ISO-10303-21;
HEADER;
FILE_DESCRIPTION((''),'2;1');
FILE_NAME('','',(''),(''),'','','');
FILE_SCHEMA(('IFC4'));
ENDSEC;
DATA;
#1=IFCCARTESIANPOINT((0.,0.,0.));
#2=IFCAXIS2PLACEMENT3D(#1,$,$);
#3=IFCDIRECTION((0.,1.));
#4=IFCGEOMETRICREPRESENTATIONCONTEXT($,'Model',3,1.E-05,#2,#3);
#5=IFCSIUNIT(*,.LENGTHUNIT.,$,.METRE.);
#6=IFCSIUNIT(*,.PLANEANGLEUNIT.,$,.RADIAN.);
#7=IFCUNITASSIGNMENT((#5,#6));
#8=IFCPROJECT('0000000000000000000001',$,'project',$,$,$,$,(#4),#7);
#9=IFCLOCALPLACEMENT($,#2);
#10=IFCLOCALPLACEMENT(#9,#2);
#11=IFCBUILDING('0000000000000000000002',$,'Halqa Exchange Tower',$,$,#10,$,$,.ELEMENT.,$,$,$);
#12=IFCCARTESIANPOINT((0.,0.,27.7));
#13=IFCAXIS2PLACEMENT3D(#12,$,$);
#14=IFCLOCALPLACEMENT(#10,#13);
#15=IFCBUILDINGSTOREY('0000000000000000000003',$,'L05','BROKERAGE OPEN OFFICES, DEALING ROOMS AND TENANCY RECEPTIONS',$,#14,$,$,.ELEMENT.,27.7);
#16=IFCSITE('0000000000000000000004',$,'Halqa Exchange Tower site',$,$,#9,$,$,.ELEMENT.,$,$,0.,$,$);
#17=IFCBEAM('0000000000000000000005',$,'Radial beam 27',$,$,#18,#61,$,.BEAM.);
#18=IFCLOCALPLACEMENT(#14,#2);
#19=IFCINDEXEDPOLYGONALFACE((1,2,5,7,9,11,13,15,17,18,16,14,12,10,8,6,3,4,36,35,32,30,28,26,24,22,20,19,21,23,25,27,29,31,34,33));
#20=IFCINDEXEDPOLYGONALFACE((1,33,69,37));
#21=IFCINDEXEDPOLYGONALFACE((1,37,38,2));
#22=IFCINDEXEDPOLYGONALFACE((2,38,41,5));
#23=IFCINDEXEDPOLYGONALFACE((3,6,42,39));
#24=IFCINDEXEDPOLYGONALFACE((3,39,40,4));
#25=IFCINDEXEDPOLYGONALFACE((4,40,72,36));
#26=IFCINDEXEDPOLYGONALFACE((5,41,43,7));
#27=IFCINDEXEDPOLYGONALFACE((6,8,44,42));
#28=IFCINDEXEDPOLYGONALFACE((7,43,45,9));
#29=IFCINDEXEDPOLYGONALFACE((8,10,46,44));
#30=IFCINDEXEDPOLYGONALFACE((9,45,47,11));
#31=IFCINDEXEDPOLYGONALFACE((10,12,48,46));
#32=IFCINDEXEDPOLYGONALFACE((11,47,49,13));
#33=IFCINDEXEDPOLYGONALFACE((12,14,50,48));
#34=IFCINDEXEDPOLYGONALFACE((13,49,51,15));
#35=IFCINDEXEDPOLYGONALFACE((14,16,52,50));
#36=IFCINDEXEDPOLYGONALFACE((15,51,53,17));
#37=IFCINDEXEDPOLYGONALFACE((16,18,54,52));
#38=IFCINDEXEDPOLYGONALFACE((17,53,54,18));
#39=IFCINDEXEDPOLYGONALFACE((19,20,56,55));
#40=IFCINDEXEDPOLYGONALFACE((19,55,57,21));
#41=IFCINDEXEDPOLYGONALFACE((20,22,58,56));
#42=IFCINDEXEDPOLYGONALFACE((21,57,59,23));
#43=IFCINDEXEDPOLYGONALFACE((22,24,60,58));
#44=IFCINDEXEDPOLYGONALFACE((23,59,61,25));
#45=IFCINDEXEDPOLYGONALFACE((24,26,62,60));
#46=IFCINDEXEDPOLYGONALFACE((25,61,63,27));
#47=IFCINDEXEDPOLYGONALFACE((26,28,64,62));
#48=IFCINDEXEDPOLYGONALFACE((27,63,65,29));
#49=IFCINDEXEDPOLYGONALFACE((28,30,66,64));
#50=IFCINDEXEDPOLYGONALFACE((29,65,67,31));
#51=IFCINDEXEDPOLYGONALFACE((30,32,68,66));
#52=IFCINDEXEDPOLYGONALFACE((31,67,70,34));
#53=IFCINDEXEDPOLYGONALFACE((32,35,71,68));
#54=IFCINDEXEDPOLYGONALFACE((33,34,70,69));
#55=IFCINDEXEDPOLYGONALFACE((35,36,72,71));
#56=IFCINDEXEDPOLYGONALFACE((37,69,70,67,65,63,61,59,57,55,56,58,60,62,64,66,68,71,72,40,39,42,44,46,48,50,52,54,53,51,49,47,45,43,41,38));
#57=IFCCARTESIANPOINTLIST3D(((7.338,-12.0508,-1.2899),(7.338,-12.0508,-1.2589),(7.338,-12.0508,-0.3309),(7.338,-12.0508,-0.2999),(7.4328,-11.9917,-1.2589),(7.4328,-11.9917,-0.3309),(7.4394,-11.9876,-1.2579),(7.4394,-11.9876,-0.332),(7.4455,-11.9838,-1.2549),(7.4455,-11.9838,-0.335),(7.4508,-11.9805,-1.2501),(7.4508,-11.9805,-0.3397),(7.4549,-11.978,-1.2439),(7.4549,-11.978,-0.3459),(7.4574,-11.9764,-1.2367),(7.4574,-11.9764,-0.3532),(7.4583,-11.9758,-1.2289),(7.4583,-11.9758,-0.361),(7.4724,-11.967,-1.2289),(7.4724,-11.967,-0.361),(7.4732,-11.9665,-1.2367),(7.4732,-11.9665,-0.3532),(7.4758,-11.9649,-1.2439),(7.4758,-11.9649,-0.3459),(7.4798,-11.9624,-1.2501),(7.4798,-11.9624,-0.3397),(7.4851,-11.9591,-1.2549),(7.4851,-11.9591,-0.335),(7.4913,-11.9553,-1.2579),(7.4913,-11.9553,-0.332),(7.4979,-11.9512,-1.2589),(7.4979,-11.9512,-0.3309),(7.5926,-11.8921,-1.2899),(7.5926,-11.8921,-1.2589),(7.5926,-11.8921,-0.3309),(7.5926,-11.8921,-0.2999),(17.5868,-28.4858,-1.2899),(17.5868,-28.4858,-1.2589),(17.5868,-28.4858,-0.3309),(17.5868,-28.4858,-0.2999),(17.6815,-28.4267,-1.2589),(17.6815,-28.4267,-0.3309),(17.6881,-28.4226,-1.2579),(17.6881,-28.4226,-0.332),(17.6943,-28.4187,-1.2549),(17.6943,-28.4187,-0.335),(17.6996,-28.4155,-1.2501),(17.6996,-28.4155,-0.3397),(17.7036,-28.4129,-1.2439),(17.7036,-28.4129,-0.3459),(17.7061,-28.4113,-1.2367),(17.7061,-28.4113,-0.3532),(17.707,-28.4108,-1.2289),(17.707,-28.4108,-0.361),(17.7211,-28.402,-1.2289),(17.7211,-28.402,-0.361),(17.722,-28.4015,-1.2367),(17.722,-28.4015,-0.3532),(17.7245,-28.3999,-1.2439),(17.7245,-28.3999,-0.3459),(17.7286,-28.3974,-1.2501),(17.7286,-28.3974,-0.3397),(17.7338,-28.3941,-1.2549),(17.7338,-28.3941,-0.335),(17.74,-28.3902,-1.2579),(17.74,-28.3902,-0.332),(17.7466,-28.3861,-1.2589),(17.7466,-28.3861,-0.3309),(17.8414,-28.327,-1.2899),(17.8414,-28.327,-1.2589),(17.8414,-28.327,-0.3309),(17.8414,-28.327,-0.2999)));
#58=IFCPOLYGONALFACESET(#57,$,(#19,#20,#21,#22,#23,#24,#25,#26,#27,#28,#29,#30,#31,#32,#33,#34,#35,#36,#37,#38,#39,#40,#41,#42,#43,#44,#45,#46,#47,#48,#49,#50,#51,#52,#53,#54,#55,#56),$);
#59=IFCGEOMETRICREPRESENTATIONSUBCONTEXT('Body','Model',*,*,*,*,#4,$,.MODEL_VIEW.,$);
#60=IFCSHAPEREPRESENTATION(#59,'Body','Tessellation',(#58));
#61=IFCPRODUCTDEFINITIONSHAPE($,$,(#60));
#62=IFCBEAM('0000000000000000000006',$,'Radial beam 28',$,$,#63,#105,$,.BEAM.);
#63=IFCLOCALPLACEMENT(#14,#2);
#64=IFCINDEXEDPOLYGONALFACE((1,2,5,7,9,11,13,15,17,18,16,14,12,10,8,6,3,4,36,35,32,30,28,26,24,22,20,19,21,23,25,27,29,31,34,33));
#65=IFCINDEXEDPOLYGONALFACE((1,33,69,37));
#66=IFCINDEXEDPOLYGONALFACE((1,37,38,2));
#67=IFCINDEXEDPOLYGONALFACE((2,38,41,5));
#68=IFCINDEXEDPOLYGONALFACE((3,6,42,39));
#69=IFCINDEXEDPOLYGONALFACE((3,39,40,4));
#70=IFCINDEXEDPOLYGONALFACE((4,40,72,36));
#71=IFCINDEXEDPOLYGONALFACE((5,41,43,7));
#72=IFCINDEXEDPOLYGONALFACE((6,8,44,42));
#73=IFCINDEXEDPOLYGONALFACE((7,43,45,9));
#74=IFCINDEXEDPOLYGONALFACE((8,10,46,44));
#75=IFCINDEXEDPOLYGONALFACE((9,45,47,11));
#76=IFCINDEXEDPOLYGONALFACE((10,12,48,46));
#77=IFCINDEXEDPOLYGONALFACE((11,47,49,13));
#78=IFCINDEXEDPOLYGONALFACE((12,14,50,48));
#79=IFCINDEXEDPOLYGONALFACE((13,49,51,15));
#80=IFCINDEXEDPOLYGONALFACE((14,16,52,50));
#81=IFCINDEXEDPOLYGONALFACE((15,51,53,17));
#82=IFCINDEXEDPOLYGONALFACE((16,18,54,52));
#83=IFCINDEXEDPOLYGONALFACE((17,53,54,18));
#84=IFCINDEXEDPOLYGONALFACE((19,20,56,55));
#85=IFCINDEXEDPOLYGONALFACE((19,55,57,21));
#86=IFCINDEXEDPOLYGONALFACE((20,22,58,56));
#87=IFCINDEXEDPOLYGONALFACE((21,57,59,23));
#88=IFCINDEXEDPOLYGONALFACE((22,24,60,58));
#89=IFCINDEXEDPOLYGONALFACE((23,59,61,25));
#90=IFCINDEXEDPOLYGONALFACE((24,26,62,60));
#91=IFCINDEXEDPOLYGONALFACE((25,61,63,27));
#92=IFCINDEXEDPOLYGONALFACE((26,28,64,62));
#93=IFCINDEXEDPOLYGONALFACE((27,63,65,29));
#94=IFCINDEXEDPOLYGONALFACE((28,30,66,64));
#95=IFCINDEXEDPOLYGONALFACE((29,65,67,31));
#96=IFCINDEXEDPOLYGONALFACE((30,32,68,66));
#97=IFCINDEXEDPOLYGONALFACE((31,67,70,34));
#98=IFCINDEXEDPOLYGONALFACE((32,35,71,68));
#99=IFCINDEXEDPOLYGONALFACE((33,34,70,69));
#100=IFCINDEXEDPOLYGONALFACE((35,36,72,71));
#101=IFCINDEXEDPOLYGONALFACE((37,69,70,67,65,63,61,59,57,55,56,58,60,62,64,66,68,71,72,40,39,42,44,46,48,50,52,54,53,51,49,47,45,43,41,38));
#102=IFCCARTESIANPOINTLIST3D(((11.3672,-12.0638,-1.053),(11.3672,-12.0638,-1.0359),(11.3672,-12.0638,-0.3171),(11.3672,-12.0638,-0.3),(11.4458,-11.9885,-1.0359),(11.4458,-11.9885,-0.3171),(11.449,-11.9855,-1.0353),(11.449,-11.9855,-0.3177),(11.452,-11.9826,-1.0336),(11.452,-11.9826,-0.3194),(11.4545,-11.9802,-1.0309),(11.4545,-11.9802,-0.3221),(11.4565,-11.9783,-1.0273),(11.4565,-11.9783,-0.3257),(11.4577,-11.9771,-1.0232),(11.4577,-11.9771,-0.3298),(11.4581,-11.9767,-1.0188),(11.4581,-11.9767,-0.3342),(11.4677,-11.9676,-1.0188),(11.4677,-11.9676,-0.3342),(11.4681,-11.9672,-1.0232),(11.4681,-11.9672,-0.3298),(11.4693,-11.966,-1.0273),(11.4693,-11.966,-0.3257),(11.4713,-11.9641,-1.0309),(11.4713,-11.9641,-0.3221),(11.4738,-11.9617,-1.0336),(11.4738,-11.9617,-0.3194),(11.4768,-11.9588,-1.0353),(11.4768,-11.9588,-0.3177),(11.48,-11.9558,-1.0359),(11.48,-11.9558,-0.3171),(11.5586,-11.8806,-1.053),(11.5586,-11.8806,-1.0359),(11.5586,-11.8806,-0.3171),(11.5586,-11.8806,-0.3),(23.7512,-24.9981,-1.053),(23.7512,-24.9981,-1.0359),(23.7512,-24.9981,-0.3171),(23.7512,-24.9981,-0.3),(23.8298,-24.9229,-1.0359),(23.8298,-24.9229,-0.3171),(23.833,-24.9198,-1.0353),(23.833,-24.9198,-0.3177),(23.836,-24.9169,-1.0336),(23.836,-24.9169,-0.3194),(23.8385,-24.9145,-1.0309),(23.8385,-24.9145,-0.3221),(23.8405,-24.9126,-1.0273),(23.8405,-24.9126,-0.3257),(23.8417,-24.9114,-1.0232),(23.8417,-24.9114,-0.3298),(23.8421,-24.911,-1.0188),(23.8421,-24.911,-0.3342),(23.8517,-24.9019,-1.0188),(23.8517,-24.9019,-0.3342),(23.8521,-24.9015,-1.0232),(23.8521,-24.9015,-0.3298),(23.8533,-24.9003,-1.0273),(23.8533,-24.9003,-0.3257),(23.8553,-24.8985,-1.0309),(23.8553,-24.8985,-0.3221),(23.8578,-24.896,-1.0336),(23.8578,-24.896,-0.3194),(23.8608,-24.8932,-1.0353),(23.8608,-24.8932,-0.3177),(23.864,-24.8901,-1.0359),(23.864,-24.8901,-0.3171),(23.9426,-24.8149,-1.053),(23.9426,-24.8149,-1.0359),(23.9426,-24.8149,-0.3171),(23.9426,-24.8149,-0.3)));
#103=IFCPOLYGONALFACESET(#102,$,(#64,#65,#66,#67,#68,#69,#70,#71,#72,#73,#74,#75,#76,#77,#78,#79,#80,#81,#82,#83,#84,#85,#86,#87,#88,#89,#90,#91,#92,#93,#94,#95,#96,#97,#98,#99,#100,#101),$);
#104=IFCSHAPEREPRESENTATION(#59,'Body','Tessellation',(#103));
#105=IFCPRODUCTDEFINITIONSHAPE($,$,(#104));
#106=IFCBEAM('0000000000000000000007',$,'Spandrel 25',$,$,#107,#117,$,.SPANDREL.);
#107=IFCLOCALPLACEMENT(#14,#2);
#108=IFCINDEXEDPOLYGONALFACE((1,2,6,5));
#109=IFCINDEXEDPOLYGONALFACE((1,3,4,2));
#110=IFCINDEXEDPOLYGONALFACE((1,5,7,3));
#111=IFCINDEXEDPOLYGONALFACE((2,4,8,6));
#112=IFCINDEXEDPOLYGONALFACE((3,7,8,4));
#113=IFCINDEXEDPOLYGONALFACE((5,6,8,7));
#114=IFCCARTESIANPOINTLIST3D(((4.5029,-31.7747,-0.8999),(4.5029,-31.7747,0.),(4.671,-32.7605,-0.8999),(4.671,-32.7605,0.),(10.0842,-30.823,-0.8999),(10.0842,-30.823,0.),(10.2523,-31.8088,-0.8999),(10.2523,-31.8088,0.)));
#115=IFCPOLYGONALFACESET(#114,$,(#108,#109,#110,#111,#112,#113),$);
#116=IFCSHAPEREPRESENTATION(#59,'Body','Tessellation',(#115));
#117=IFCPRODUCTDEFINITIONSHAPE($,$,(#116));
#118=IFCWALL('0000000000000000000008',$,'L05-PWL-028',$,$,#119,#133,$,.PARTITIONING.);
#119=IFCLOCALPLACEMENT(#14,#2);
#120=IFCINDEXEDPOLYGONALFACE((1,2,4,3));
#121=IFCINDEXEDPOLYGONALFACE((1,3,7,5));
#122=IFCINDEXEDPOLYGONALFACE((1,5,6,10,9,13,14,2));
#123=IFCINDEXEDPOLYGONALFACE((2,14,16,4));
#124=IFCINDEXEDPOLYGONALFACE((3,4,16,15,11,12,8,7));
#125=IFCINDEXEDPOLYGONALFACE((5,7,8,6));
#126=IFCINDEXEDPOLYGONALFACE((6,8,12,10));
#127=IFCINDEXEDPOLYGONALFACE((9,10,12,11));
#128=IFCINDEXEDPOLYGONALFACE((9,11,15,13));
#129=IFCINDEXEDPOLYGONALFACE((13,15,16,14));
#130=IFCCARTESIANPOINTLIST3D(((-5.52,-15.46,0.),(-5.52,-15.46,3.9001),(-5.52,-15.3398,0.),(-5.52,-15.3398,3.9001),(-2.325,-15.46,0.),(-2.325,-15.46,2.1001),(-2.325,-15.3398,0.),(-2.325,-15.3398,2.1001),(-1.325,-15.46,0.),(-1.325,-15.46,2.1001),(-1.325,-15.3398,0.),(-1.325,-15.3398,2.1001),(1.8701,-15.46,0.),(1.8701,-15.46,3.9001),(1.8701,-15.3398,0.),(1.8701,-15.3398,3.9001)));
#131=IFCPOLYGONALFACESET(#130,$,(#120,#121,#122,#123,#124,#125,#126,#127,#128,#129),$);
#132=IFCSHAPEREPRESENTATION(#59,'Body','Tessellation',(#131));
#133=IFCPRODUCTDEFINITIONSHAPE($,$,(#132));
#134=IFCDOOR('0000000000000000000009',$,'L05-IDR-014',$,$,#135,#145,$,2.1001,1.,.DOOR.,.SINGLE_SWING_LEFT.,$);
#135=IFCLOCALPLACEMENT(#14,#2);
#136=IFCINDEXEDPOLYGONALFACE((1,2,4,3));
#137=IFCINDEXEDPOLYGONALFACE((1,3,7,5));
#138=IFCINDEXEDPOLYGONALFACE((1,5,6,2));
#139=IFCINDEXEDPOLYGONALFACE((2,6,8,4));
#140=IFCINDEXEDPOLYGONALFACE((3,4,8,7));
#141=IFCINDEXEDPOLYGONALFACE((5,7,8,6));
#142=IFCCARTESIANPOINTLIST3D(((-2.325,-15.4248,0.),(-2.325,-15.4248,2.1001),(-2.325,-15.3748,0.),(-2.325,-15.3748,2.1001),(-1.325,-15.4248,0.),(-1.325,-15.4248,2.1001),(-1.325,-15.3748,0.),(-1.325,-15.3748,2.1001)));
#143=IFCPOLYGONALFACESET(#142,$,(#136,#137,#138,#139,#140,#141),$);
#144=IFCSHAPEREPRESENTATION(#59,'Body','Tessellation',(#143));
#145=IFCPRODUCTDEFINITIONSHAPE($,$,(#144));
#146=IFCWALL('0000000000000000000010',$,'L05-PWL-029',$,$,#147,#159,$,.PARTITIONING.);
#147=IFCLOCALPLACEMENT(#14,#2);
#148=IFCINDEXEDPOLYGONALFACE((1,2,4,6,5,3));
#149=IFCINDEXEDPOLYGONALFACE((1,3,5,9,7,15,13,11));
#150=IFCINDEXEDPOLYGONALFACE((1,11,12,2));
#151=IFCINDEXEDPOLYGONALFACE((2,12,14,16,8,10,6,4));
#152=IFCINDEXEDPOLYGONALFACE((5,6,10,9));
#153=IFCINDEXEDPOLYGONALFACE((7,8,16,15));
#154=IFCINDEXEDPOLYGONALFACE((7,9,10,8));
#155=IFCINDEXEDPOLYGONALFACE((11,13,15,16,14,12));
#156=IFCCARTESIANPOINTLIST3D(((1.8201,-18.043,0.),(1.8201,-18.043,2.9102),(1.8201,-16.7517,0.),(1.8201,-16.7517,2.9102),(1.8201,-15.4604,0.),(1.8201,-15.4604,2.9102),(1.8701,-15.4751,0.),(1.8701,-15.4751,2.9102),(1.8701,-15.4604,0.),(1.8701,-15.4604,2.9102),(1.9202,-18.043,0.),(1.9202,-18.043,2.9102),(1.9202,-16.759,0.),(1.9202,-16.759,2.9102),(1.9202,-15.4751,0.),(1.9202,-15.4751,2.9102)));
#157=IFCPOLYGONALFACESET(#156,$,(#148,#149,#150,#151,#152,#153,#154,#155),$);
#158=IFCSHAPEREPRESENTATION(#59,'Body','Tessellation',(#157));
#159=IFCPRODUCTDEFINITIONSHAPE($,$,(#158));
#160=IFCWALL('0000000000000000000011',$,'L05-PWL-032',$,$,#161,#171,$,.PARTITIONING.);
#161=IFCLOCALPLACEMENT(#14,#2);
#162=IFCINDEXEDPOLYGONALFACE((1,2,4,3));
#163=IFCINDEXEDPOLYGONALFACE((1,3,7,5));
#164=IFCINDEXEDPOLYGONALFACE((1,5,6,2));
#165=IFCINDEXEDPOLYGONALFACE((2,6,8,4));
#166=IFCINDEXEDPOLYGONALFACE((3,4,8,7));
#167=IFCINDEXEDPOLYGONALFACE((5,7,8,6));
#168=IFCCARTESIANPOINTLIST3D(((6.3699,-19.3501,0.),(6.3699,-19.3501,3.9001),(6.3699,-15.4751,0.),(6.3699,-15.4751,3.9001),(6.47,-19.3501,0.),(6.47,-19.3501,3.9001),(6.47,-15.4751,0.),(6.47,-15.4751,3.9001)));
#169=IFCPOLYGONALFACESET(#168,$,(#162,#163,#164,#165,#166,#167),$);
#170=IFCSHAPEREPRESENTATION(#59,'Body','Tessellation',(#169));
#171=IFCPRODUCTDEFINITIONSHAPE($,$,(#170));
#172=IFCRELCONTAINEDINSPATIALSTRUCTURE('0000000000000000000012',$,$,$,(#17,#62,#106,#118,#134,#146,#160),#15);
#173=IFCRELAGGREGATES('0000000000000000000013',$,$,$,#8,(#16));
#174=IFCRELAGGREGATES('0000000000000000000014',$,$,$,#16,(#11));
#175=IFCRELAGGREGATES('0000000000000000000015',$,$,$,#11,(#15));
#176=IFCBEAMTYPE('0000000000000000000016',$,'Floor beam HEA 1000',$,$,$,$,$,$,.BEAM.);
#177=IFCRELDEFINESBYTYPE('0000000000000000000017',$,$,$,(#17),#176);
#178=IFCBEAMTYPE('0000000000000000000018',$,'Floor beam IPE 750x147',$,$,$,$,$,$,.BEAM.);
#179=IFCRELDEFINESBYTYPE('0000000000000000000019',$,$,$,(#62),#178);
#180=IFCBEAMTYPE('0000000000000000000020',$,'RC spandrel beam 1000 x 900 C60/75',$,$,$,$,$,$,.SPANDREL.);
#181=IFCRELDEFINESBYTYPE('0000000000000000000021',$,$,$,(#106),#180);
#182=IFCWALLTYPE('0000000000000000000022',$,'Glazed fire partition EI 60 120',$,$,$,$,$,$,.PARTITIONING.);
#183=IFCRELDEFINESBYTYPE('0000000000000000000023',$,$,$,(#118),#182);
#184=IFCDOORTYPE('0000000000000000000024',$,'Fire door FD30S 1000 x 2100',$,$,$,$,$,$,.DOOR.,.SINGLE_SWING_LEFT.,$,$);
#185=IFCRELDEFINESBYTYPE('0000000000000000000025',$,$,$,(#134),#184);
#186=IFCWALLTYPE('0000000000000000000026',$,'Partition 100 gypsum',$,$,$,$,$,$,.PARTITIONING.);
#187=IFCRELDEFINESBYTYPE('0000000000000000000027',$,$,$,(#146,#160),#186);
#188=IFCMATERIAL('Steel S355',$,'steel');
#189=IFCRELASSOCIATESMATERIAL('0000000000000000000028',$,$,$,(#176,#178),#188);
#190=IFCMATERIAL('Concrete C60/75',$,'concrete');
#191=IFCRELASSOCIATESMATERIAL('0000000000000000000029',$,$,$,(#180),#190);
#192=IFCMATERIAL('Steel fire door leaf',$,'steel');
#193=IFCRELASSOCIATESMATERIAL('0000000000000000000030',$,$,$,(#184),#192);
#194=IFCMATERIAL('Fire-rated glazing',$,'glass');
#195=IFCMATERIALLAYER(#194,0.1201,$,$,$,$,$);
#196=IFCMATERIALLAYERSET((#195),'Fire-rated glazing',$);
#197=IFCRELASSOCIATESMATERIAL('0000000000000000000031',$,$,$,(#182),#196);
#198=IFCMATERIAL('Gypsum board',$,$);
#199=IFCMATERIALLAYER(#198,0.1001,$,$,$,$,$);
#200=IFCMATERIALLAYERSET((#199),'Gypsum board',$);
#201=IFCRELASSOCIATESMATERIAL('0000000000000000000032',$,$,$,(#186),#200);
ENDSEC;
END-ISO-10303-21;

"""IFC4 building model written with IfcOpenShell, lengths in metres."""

from ifc_helpers import new_model, si_unit, direction, frame, frame_2d, origin, origin_2d, place, context, subcontext, project, spatial, polyline, rectangle, i_section, outline, extrude, material, layer, layer_set, material_profile, profile_set, type_object, element, fill, save


model = new_model("IFC4")

# Units and contexts
model_context = context("Model", 3, precision=1e-05, world=origin(), true_north=direction((0.0, 1.0)))
body_context = subcontext(model_context, "Body", "Model", "MODEL_VIEW")
ifc_project = project(units=[si_unit("LENGTHUNIT", "METRE"), si_unit("PLANEANGLEUNIT", "RADIAN")], contexts=[model_context])

# Site, building, storey
site_placement = place(None, origin())
site = spatial("IfcSite", under=ifc_project, at=site_placement, Name="Halqa Exchange Tower site", CompositionType="ELEMENT", RefElevation=0.0)
building_placement = place(site_placement, origin())
building = spatial("IfcBuilding", under=site, at=building_placement, Name="Halqa Exchange Tower", CompositionType="ELEMENT")
storey_placement = place(building_placement, frame((0.0, 0.0, 27.7)))
storey = spatial("IfcBuildingStorey", under=building, at=storey_placement, Name="L05", Description="BROKERAGE OPEN OFFICES, DEALING ROOMS AND TENANCY RECEPTIONS", CompositionType="ELEMENT", Elevation=27.7)

# Beams
ifc_material_1 = material(Name="Steel S355", Category="steel")
ifc_material_profile_1 = material_profile(ifc_material_1, i_section(OverallWidth=0.3, OverallDepth=0.99, WebThickness=0.0166, FlangeThickness=0.031, FilletRadius=0.03, at=origin_2d()), Name="HEA 1000")
ifc_profile_set_1 = profile_set([ifc_material_profile_1], Name="Steel S355")
beam_type_1 = type_object("IfcBeamType", Name="Floor beam HEA 1000", PredefinedType="BEAM", material=ifc_profile_set_1)
beam_1_placement = place(storey_placement, frame((7.4653, -11.9714, -0.7949), z_axis=(0.52914, -0.848535, 0.0), x_axis=(0.848535, 0.52914, 0.0)))
element("IfcBeam", 1, at=beam_1_placement, inside=storey, type_object=beam_type_1, Name="Radial beam 27", PredefinedType="BEAM", context=body_context, shape_type="SweptSolid", body=[
    extrude(i_section(OverallWidth=0.3, OverallDepth=0.99, WebThickness=0.0166, FlangeThickness=0.031, FilletRadius=0.03, at=origin_2d()), origin(), (0.0, 0.0, 1.0), 19.3687),
])
ifc_material_profile_2 = material_profile(ifc_material_1, i_section(OverallWidth=0.2649, OverallDepth=0.7529, WebThickness=0.0132, FlangeThickness=0.0171, FilletRadius=0.0171, at=origin_2d()), Name="IPE 750x147")
ifc_profile_set_2 = profile_set([ifc_material_profile_2], Name="Steel S355")
beam_type_2 = type_object("IfcBeamType", Name="Floor beam IPE 750x147", PredefinedType="BEAM", material=ifc_profile_set_2)
beam_2_placement = place(storey_placement, frame((11.4629, -11.9722, -0.6765), z_axis=(0.691575, -0.722305, 0.0), x_axis=(0.722305, 0.691575, 0.0)))
element("IfcBeam", 2, at=beam_2_placement, inside=storey, type_object=beam_type_2, Name="Radial beam 28", PredefinedType="BEAM", context=body_context, shape_type="SweptSolid", body=[
    extrude(i_section(OverallWidth=0.2649, OverallDepth=0.7529, WebThickness=0.0132, FlangeThickness=0.0171, FilletRadius=0.0171, at=origin_2d()), origin(), (0.0, 0.0, 1.0), 17.907),
])
ifc_material_2 = material(Name="Concrete C60/75", Category="concrete")
ifc_material_profile_3 = material_profile(ifc_material_2, rectangle(XDim=1.0, YDim=0.8999, at=origin_2d()), Name="1000 x 900")
ifc_profile_set_3 = profile_set([ifc_material_profile_3], Name="Concrete C60/75")
beam_type_3 = type_object("IfcBeamType", Name="RC spandrel beam 1000 x 900 C60/75", PredefinedType="SPANDREL", material=ifc_profile_set_3)
beam_3_placement = place(storey_placement, frame((4.5869, -32.2676, -0.45), z_axis=(0.985773, 0.168083, 0.0), x_axis=(-0.168083, 0.985773, 0.0)))
element("IfcBeam", 3, at=beam_3_placement, inside=storey, type_object=beam_type_3, Name="Spandrel 25", PredefinedType="SPANDREL", context=body_context, shape_type="SweptSolid", body=[
    extrude(rectangle(XDim=1.0, YDim=0.8999, at=origin_2d()), origin(), (0.0, 0.0, 1.0), 5.6619),
])

# Shared definitions
ifc_material_3 = material(Name="Steel fire door leaf", Category="steel")
door_type_1 = type_object("IfcDoorType", Name="Fire door FD30S 1000 x 2100", OperationType="SINGLE_SWING_LEFT", PredefinedType="DOOR", material=ifc_material_3)

# Wall, opening, door
ifc_material_4 = material(Name="Fire-rated glazing", Category="glass")
ifc_layer_1 = layer(ifc_material_4, 0.1201)
ifc_layer_set_1 = layer_set([ifc_layer_1], Name="Fire-rated glazing")
wall_type_1 = type_object("IfcWallType", Name="Glazed fire partition EI 60 120", PredefinedType="PARTITIONING", material=ifc_layer_set_1)
wall_1_placement = place(storey_placement, frame((1.8701, -15.3999, 0.0), z_axis=(0.0, 0.0, 1.0), x_axis=(-1.0, 0.0, 0.0)))
wall_1 = element("IfcWall", 4, at=wall_1_placement, inside=storey, type_object=wall_type_1, Name="L05-PWL-028", PredefinedType="PARTITIONING", context=body_context, shape_type="SweptSolid", body=[
    extrude(rectangle(XDim=7.3901, YDim=0.1201, at=frame_2d((3.6951, 0.0))), origin(), (0.0, 0.0, 1.0), 3.9001),
])
opening_1_placement = place(wall_1_placement, frame((3.1951, 0.0, 0.0)))
opening_1 = element("IfcOpeningElement", 5, at=opening_1_placement, cuts=wall_1, PredefinedType="OPENING", context=body_context, shape_type="SweptSolid", body=[
    extrude(rectangle(XDim=1.0, YDim=2.1001, at=frame_2d((0.5, 1.05))), frame((0.0, 0.072, 0.0), z_axis=(0.0, -1.0, 0.0), x_axis=(1.0, 0.0, 0.0)), (0.0, 0.0, 1.0), 0.144),
])
door_1_placement = place(opening_1_placement, origin())
door_1 = element("IfcDoor", 6, at=door_1_placement, inside=storey, type_object=door_type_1, Name="L05-IDR-014", OperationType="SINGLE_SWING_LEFT", OverallHeight=2.1001, OverallWidth=1.0, PredefinedType="DOOR", context=body_context, shape_type="SweptSolid", body=[
    extrude(rectangle(XDim=1.0, YDim=2.1001, at=frame_2d((0.5, 1.05))), frame((0.0, 0.0249, 0.0), z_axis=(0.0, -1.0, 0.0), x_axis=(1.0, 0.0, 0.0)), (0.0, 0.0, 1.0), 0.05),
])
fill(opening_1, door_1)

# Walls
ifc_material_5 = material(Name="Gypsum board")
ifc_layer_2 = layer(ifc_material_5, 0.1001)
ifc_layer_set_2 = layer_set([ifc_layer_2], Name="Gypsum board")
wall_type_2 = type_object("IfcWallType", Name="Partition 100 gypsum", PredefinedType="PARTITIONING", material=ifc_layer_set_2)
wall_2_placement = place(storey_placement, frame((1.8701, -15.4604, 0.0), z_axis=(0.0, 0.0, 1.0), x_axis=(0.0, -1.0, 0.0)))
element("IfcWall", 7, at=wall_2_placement, inside=storey, type_object=wall_type_2, Name="L05-PWL-029", PredefinedType="PARTITIONING", context=body_context, shape_type="SweptSolid", body=[
    extrude(outline(polyline([(2.5825, 0.05), (1.2986, 0.05), (0.0146, 0.05), (0.0146, 0.0), (0.0, 0.0), (0.0, -0.05), (1.2913, -0.05), (2.5825, -0.05), (2.5825, 0.05)])), origin(), (0.0, 0.0, 1.0), 2.9102),
])
wall_3_placement = place(storey_placement, frame((6.4199, -15.4751, 0.0), z_axis=(0.0, 0.0, 1.0), x_axis=(0.0, -1.0, 0.0)))
element("IfcWall", 8, at=wall_3_placement, inside=storey, type_object=wall_type_2, Name="L05-PWL-032", PredefinedType="PARTITIONING", context=body_context, shape_type="SweptSolid", body=[
    extrude(rectangle(XDim=3.875, YDim=0.1001, at=frame_2d((1.9375, 0.0))), origin(), (0.0, 0.0, 1.0), 3.9001),
])

save(model, "model.ifc")
